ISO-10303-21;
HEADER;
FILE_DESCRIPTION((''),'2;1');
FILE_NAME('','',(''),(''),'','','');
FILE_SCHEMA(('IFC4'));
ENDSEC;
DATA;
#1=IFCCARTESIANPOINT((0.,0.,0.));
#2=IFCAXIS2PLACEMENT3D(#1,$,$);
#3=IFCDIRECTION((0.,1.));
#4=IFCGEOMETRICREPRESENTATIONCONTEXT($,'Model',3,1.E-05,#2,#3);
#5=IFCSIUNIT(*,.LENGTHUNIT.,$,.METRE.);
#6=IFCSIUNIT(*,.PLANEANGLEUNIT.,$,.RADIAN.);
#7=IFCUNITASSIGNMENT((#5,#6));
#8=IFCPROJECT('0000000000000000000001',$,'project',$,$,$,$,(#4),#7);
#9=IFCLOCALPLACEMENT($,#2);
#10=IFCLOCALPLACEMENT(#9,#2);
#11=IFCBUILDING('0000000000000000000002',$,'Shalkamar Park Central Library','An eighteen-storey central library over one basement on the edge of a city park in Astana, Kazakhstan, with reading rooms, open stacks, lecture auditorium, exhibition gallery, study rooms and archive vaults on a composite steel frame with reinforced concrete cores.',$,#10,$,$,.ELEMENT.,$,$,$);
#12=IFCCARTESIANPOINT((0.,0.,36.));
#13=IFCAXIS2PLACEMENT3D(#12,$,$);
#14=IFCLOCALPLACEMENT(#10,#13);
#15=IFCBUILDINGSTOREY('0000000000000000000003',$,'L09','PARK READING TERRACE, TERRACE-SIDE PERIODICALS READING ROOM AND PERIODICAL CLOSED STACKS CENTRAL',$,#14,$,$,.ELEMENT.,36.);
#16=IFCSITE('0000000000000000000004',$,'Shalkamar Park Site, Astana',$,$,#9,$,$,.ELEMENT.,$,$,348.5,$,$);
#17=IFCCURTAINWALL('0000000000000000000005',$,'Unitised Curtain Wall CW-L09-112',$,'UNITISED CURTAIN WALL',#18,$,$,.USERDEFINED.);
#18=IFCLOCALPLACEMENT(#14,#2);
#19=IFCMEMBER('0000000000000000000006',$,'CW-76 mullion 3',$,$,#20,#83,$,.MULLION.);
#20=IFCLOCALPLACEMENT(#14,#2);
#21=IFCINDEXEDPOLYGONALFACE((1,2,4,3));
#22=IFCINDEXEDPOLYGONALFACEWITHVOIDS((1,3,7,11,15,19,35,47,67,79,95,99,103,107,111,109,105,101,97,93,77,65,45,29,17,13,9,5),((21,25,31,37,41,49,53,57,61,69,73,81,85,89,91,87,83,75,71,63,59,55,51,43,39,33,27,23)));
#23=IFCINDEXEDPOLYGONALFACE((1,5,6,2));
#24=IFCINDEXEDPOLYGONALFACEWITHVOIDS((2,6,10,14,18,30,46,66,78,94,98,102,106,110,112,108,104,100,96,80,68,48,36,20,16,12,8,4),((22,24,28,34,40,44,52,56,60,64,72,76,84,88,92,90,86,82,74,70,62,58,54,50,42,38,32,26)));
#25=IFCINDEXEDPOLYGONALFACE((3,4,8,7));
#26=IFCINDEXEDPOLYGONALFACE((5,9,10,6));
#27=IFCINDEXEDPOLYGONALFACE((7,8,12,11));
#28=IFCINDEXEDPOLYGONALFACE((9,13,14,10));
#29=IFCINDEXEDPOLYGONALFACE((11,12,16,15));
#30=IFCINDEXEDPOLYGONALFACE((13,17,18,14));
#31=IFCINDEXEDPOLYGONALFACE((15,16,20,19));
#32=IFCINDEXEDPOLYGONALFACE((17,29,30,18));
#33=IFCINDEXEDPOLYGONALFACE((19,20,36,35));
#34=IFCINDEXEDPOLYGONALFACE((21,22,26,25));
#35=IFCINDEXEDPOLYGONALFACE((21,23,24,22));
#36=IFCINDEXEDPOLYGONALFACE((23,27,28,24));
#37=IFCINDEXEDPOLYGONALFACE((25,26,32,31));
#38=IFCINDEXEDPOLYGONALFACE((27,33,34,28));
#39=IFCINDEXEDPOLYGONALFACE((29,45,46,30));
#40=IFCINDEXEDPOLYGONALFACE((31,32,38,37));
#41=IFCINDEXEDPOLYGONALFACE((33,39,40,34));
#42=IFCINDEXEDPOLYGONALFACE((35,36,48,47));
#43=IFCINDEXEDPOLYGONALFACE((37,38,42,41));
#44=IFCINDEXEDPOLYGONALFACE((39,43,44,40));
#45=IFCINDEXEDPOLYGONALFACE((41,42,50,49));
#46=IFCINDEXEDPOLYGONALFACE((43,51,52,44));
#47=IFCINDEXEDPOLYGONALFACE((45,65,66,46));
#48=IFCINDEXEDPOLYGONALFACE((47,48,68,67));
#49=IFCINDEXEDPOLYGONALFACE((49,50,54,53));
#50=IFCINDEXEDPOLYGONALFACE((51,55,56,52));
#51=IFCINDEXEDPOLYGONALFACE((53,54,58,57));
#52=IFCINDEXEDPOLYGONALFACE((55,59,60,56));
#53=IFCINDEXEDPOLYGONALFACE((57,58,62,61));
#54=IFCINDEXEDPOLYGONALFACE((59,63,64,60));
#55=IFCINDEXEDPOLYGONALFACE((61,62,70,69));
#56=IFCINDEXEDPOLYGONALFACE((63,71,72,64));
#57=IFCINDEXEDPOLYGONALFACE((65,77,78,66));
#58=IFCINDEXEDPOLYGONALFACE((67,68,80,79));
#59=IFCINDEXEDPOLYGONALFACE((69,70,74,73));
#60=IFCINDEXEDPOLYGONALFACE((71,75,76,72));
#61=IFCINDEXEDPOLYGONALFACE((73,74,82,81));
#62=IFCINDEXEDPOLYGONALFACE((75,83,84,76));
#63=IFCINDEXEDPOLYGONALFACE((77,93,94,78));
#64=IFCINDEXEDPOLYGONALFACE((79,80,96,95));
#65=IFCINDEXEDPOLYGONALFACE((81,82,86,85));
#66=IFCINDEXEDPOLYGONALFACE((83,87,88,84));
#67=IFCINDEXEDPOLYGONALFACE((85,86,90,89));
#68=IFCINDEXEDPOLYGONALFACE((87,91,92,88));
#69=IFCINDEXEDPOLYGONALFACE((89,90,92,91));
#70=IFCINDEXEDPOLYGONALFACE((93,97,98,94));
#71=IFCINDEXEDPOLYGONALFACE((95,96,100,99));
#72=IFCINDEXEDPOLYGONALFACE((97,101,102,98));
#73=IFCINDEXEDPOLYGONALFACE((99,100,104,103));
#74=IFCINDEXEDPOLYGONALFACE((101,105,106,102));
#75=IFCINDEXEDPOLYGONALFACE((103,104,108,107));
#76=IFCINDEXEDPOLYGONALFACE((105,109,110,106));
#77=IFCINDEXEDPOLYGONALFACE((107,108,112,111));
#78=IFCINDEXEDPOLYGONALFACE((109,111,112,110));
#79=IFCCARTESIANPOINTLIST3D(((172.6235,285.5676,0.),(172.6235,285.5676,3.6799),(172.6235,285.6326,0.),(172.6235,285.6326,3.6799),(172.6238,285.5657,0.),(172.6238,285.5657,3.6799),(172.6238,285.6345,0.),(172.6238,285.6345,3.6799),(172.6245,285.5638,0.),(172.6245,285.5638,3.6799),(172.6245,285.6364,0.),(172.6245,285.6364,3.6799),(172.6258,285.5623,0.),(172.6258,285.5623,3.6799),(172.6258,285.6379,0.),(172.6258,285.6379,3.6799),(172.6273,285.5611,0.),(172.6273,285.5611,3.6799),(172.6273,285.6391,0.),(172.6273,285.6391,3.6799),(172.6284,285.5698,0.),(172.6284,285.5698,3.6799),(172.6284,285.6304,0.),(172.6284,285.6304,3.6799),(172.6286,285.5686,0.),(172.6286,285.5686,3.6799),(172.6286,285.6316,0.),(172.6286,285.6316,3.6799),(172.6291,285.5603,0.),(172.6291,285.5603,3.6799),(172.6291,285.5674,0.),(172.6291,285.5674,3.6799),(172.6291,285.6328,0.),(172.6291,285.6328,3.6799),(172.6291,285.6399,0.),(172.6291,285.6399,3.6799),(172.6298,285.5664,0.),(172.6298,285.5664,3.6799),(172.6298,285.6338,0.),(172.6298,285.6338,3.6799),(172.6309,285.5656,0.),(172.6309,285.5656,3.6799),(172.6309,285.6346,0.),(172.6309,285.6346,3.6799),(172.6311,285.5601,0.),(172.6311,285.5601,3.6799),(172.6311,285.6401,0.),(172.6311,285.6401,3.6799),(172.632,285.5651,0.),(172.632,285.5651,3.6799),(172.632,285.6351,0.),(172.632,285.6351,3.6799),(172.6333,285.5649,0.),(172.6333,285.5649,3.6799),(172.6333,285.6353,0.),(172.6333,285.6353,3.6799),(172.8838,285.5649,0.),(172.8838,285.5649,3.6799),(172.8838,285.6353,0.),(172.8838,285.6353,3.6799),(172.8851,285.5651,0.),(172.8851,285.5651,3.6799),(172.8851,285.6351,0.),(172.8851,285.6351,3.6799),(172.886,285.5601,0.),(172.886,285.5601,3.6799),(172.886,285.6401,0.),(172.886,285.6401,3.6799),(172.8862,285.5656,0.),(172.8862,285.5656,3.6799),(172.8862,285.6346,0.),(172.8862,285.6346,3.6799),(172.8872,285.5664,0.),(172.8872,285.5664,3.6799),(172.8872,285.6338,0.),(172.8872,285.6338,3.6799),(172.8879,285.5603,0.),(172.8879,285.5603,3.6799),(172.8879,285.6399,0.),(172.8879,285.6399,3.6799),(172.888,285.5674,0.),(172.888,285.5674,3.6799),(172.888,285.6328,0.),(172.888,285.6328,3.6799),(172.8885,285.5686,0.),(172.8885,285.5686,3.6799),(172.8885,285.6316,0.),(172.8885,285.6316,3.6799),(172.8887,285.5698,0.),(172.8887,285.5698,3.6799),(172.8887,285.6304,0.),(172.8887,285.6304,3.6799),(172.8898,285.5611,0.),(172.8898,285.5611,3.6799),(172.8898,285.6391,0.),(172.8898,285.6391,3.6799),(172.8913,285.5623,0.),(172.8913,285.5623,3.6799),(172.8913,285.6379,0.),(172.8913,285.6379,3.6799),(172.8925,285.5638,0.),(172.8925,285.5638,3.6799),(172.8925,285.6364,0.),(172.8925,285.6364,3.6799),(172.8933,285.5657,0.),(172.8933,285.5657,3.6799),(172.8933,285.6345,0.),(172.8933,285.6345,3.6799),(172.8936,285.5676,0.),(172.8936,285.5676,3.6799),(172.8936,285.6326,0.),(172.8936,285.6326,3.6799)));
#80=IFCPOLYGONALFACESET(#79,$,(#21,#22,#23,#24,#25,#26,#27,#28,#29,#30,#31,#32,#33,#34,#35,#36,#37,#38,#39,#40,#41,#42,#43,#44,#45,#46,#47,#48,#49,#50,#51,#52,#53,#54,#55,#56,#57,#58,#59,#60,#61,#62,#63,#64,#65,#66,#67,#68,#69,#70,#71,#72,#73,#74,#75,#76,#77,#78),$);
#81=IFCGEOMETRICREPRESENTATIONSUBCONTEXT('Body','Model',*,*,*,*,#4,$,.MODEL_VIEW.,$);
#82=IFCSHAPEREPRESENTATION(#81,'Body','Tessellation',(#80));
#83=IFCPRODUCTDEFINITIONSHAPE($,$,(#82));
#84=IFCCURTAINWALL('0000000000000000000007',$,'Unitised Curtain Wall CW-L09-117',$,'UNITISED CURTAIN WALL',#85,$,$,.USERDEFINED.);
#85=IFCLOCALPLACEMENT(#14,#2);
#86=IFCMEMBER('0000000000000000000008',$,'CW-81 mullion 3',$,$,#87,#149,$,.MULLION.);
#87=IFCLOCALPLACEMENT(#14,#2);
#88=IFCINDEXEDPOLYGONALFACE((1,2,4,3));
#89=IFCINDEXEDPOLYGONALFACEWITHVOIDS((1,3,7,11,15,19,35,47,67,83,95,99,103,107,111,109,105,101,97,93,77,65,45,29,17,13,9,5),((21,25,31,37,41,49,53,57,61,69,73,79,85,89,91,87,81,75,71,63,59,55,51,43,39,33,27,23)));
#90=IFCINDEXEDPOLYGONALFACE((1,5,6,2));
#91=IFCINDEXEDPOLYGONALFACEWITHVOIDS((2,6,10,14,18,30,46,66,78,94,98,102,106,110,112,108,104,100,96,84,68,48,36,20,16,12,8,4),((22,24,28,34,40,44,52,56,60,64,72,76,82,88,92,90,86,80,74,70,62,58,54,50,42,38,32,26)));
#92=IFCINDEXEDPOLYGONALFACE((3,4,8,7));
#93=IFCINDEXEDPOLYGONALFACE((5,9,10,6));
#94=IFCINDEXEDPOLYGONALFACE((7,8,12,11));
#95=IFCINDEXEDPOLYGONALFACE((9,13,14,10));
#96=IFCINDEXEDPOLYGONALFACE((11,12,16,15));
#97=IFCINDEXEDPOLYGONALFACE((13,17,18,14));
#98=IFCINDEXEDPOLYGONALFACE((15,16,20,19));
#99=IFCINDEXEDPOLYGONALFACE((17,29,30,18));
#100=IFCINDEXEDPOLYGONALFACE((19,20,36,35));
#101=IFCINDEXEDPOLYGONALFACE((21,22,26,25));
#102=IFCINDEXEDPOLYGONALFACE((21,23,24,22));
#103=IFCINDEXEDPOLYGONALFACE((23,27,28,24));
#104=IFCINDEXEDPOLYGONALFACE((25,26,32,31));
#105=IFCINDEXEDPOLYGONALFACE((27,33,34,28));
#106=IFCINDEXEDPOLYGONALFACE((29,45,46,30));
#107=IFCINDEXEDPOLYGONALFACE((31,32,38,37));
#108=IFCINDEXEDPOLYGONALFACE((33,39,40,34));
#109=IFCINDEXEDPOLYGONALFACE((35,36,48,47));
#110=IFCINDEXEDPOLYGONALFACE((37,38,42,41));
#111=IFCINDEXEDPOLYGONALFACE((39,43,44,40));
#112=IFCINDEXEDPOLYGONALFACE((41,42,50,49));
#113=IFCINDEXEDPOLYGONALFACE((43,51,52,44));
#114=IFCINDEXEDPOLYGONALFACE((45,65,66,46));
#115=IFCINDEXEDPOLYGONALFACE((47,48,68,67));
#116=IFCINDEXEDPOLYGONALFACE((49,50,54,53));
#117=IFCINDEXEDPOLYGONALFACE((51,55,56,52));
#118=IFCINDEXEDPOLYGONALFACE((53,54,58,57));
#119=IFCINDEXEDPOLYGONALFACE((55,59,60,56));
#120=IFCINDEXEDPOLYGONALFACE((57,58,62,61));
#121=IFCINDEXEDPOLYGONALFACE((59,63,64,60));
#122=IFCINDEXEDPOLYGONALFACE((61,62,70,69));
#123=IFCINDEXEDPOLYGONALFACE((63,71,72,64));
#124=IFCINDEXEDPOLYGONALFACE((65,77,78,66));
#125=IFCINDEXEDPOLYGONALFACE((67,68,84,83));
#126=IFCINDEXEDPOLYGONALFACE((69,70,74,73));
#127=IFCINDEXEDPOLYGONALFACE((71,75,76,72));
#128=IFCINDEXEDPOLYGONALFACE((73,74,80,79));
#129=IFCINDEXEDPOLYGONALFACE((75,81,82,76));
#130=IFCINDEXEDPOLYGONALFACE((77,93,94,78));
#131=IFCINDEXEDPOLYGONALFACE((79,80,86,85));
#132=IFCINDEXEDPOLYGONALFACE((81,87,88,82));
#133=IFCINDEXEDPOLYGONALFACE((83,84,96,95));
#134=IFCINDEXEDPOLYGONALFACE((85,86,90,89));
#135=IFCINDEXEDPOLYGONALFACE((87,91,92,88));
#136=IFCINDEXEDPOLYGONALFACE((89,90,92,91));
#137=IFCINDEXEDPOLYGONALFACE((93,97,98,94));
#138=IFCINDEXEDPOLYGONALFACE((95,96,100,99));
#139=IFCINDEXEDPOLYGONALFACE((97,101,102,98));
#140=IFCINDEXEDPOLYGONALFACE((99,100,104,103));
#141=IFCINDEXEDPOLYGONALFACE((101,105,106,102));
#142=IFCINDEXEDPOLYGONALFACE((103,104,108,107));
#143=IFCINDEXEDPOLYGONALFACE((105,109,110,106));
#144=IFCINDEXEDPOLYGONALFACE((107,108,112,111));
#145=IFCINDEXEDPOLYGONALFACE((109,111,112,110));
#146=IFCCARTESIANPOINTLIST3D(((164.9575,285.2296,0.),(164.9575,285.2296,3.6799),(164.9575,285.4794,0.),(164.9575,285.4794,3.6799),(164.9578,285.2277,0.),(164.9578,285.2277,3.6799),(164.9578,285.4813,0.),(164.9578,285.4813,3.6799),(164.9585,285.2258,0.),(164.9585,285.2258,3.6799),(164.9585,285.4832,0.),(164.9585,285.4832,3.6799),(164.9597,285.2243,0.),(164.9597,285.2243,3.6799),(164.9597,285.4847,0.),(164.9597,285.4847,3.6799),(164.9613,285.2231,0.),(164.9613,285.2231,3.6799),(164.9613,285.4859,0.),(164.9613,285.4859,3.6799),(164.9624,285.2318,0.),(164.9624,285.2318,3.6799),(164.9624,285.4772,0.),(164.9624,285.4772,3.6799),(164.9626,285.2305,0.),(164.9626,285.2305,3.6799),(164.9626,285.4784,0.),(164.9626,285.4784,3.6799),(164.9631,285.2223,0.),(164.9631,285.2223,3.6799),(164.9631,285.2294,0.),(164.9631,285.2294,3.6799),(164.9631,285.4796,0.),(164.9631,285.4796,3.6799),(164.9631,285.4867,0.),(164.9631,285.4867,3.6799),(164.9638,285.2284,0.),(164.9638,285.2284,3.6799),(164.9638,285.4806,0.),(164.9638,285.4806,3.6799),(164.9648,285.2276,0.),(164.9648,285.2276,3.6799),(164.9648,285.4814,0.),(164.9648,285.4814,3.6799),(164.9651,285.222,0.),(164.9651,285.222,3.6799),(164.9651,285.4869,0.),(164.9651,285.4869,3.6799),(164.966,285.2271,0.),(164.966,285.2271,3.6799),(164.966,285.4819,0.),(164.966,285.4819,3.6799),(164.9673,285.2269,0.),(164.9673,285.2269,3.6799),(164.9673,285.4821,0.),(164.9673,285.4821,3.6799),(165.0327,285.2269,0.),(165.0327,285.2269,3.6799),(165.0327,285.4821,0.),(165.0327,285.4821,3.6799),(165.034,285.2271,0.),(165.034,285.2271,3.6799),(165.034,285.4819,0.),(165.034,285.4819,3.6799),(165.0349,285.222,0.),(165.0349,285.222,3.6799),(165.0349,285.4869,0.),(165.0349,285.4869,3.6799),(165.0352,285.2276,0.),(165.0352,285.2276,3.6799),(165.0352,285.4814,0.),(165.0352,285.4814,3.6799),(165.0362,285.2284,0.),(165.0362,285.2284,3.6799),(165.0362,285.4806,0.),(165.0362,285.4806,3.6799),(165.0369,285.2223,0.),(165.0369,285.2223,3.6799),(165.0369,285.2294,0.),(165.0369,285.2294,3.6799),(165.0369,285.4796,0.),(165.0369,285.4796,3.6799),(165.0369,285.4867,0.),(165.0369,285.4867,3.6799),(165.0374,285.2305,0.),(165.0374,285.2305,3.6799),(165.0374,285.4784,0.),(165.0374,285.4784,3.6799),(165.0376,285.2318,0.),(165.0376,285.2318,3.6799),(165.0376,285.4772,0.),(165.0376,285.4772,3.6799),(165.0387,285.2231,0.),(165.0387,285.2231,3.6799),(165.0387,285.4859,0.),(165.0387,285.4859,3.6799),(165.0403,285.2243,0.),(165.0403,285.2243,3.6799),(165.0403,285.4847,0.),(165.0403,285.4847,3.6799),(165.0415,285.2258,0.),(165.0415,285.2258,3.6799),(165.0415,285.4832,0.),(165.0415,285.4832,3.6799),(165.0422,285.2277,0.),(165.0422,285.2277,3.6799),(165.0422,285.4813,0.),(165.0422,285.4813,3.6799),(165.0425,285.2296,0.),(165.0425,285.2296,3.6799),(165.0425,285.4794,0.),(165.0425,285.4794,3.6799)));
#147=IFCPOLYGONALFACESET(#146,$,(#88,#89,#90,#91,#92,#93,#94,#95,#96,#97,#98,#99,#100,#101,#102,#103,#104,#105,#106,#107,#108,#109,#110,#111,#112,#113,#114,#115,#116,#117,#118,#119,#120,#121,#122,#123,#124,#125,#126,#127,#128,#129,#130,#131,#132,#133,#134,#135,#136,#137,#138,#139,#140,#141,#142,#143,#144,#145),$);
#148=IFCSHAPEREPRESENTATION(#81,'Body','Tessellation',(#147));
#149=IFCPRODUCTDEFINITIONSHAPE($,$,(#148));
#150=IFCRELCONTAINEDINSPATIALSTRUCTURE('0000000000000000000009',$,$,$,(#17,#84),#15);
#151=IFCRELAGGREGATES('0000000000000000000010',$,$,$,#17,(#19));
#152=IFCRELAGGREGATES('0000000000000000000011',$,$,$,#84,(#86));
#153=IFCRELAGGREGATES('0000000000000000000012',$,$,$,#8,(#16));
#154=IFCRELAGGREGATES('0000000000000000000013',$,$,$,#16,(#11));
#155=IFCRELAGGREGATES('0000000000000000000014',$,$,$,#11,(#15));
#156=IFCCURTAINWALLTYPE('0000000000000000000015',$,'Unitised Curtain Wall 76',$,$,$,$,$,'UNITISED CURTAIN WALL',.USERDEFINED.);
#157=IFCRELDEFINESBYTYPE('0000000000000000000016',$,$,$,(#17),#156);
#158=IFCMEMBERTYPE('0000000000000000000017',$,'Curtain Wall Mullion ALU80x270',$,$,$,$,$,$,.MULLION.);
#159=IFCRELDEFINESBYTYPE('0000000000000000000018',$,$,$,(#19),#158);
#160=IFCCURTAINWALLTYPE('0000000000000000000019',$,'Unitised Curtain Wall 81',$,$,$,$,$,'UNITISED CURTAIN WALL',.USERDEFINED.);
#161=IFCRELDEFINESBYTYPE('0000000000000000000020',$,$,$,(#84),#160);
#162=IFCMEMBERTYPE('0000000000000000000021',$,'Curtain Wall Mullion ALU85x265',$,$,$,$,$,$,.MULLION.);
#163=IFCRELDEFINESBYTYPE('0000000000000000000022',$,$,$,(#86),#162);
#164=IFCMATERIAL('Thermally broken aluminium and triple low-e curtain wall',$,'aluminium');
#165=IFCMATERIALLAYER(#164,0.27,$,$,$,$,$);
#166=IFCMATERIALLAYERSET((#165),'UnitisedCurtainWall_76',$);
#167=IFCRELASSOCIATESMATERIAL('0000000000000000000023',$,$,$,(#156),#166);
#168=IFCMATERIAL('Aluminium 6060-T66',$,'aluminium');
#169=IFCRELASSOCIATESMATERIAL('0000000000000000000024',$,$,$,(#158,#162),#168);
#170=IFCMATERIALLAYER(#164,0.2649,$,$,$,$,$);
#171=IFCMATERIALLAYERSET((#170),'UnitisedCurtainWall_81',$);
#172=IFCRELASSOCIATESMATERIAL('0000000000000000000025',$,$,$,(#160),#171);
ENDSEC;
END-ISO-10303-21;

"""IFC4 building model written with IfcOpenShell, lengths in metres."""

from ifc_helpers import new_model, si_unit, direction, frame, origin, origin_2d, place, context, subcontext, project, spatial, hollow_rectangle, extrude, material, layer, layer_set, material_profile, profile_set, type_object, element, aggregate, save


model = new_model("IFC4")

# Units and contexts
model_context = context("Model", 3, precision=1e-05, world=origin(), true_north=direction((0.0, 1.0)))
body_context = subcontext(model_context, "Body", "Model", "MODEL_VIEW")
ifc_project = project(units=[si_unit("LENGTHUNIT", "METRE"), si_unit("PLANEANGLEUNIT", "RADIAN")], contexts=[model_context])

# Site, building, storey
site_placement = place(None, origin())
site = spatial("IfcSite", under=ifc_project, at=site_placement, Name="Shalkamar Park Site, Astana", CompositionType="ELEMENT", RefElevation=348.5)
building_placement = place(site_placement, origin())
building = spatial("IfcBuilding", under=site, at=building_placement, Name="Shalkamar Park Central Library", Description="An eighteen-storey central library over one basement on the edge of a city park in Astana, Kazakhstan, with reading rooms, open stacks, lecture auditorium, exhibition gallery, study rooms and archive vaults on a composite steel frame with reinforced concrete cores.", CompositionType="ELEMENT")
storey_placement = place(building_placement, frame((0.0, 0.0, 36.0)))
storey = spatial("IfcBuildingStorey", under=building, at=storey_placement, Name="L09", Description="PARK READING TERRACE, TERRACE-SIDE PERIODICALS READING ROOM AND PERIODICAL CLOSED STACKS CENTRAL", CompositionType="ELEMENT", Elevation=36.0)

# Curtain wall, member
ifc_material_1 = material(Name="Thermally broken aluminium and triple low-e curtain wall", Category="aluminium")
ifc_layer_1 = layer(ifc_material_1, 0.27)
ifc_layer_set_1 = layer_set([ifc_layer_1], Name="UnitisedCurtainWall_76")
curtain_wall_type_1 = type_object("IfcCurtainWallType", Name="Unitised Curtain Wall 76", ElementType="UNITISED CURTAIN WALL", PredefinedType="USERDEFINED", material=ifc_layer_set_1)
curtain_wall_1_placement = place(storey_placement, origin())
curtain_wall_1 = element("IfcCurtainWall", 1, at=curtain_wall_1_placement, inside=storey, type_object=curtain_wall_type_1, Name="Unitised Curtain Wall CW-L09-112", ObjectType="UNITISED CURTAIN WALL", PredefinedType="USERDEFINED")
ifc_material_2 = material(Name="Aluminium 6060-T66", Category="aluminium")
ifc_material_profile_1 = material_profile(ifc_material_2, hollow_rectangle(XDim=0.0801, YDim=0.27, WallThickness=0.0049, InnerFilletRadius=0.0049, OuterFilletRadius=0.0076, at=origin_2d()), Name="ALU 80x270x5")
ifc_profile_set_1 = profile_set([ifc_material_profile_1], Name="Aluminium 6060-T66")
member_type_1 = type_object("IfcMemberType", Name="Curtain Wall Mullion ALU80x270", PredefinedType="MULLION", material=ifc_profile_set_1)
member_1_placement = place(storey_placement, frame((172.7585, 285.6001, 0.0), z_axis=(0.0, 0.0, 1.0), x_axis=(0.0, 1.0, 0.0)))
member_1 = element("IfcMember", 2, at=member_1_placement, type_object=member_type_1, Name="CW-76 mullion 3", PredefinedType="MULLION", context=body_context, shape_type="SweptSolid", body=[
    extrude(hollow_rectangle(XDim=0.0801, YDim=0.27, WallThickness=0.0049, InnerFilletRadius=0.0049, OuterFilletRadius=0.0076, at=origin_2d()), origin(), (0.0, 0.0, 1.0), 3.6799),
])

# Curtain wall, member
ifc_layer_2 = layer(ifc_material_1, 0.2649)
ifc_layer_set_2 = layer_set([ifc_layer_2], Name="UnitisedCurtainWall_81")
curtain_wall_type_2 = type_object("IfcCurtainWallType", Name="Unitised Curtain Wall 81", ElementType="UNITISED CURTAIN WALL", PredefinedType="USERDEFINED", material=ifc_layer_set_2)
curtain_wall_2_placement = place(storey_placement, origin())
curtain_wall_2 = element("IfcCurtainWall", 3, at=curtain_wall_2_placement, inside=storey, type_object=curtain_wall_type_2, Name="Unitised Curtain Wall CW-L09-117", ObjectType="UNITISED CURTAIN WALL", PredefinedType="USERDEFINED")
ifc_material_profile_2 = material_profile(ifc_material_2, hollow_rectangle(XDim=0.085, YDim=0.2649, WallThickness=0.0049, InnerFilletRadius=0.0049, OuterFilletRadius=0.0076, at=origin_2d()), Name="ALU 85x265x5")
ifc_profile_set_2 = profile_set([ifc_material_profile_2], Name="Aluminium 6060-T66")
member_type_2 = type_object("IfcMemberType", Name="Curtain Wall Mullion ALU85x265", PredefinedType="MULLION", material=ifc_profile_set_2)
member_2_placement = place(storey_placement, frame((165.0, 285.3545, 0.0), z_axis=(0.0, 0.0, 1.0), x_axis=(-1.0, 0.0, 0.0)))
member_2 = element("IfcMember", 4, at=member_2_placement, type_object=member_type_2, Name="CW-81 mullion 3", PredefinedType="MULLION", context=body_context, shape_type="SweptSolid", body=[
    extrude(hollow_rectangle(XDim=0.085, YDim=0.2649, WallThickness=0.0049, InnerFilletRadius=0.0049, OuterFilletRadius=0.0076, at=origin_2d()), origin(), (0.0, 0.0, 1.0), 3.6799),
])

aggregate(curtain_wall_1, [member_1])
aggregate(curtain_wall_2, [member_2])

save(model, "model.ifc")
